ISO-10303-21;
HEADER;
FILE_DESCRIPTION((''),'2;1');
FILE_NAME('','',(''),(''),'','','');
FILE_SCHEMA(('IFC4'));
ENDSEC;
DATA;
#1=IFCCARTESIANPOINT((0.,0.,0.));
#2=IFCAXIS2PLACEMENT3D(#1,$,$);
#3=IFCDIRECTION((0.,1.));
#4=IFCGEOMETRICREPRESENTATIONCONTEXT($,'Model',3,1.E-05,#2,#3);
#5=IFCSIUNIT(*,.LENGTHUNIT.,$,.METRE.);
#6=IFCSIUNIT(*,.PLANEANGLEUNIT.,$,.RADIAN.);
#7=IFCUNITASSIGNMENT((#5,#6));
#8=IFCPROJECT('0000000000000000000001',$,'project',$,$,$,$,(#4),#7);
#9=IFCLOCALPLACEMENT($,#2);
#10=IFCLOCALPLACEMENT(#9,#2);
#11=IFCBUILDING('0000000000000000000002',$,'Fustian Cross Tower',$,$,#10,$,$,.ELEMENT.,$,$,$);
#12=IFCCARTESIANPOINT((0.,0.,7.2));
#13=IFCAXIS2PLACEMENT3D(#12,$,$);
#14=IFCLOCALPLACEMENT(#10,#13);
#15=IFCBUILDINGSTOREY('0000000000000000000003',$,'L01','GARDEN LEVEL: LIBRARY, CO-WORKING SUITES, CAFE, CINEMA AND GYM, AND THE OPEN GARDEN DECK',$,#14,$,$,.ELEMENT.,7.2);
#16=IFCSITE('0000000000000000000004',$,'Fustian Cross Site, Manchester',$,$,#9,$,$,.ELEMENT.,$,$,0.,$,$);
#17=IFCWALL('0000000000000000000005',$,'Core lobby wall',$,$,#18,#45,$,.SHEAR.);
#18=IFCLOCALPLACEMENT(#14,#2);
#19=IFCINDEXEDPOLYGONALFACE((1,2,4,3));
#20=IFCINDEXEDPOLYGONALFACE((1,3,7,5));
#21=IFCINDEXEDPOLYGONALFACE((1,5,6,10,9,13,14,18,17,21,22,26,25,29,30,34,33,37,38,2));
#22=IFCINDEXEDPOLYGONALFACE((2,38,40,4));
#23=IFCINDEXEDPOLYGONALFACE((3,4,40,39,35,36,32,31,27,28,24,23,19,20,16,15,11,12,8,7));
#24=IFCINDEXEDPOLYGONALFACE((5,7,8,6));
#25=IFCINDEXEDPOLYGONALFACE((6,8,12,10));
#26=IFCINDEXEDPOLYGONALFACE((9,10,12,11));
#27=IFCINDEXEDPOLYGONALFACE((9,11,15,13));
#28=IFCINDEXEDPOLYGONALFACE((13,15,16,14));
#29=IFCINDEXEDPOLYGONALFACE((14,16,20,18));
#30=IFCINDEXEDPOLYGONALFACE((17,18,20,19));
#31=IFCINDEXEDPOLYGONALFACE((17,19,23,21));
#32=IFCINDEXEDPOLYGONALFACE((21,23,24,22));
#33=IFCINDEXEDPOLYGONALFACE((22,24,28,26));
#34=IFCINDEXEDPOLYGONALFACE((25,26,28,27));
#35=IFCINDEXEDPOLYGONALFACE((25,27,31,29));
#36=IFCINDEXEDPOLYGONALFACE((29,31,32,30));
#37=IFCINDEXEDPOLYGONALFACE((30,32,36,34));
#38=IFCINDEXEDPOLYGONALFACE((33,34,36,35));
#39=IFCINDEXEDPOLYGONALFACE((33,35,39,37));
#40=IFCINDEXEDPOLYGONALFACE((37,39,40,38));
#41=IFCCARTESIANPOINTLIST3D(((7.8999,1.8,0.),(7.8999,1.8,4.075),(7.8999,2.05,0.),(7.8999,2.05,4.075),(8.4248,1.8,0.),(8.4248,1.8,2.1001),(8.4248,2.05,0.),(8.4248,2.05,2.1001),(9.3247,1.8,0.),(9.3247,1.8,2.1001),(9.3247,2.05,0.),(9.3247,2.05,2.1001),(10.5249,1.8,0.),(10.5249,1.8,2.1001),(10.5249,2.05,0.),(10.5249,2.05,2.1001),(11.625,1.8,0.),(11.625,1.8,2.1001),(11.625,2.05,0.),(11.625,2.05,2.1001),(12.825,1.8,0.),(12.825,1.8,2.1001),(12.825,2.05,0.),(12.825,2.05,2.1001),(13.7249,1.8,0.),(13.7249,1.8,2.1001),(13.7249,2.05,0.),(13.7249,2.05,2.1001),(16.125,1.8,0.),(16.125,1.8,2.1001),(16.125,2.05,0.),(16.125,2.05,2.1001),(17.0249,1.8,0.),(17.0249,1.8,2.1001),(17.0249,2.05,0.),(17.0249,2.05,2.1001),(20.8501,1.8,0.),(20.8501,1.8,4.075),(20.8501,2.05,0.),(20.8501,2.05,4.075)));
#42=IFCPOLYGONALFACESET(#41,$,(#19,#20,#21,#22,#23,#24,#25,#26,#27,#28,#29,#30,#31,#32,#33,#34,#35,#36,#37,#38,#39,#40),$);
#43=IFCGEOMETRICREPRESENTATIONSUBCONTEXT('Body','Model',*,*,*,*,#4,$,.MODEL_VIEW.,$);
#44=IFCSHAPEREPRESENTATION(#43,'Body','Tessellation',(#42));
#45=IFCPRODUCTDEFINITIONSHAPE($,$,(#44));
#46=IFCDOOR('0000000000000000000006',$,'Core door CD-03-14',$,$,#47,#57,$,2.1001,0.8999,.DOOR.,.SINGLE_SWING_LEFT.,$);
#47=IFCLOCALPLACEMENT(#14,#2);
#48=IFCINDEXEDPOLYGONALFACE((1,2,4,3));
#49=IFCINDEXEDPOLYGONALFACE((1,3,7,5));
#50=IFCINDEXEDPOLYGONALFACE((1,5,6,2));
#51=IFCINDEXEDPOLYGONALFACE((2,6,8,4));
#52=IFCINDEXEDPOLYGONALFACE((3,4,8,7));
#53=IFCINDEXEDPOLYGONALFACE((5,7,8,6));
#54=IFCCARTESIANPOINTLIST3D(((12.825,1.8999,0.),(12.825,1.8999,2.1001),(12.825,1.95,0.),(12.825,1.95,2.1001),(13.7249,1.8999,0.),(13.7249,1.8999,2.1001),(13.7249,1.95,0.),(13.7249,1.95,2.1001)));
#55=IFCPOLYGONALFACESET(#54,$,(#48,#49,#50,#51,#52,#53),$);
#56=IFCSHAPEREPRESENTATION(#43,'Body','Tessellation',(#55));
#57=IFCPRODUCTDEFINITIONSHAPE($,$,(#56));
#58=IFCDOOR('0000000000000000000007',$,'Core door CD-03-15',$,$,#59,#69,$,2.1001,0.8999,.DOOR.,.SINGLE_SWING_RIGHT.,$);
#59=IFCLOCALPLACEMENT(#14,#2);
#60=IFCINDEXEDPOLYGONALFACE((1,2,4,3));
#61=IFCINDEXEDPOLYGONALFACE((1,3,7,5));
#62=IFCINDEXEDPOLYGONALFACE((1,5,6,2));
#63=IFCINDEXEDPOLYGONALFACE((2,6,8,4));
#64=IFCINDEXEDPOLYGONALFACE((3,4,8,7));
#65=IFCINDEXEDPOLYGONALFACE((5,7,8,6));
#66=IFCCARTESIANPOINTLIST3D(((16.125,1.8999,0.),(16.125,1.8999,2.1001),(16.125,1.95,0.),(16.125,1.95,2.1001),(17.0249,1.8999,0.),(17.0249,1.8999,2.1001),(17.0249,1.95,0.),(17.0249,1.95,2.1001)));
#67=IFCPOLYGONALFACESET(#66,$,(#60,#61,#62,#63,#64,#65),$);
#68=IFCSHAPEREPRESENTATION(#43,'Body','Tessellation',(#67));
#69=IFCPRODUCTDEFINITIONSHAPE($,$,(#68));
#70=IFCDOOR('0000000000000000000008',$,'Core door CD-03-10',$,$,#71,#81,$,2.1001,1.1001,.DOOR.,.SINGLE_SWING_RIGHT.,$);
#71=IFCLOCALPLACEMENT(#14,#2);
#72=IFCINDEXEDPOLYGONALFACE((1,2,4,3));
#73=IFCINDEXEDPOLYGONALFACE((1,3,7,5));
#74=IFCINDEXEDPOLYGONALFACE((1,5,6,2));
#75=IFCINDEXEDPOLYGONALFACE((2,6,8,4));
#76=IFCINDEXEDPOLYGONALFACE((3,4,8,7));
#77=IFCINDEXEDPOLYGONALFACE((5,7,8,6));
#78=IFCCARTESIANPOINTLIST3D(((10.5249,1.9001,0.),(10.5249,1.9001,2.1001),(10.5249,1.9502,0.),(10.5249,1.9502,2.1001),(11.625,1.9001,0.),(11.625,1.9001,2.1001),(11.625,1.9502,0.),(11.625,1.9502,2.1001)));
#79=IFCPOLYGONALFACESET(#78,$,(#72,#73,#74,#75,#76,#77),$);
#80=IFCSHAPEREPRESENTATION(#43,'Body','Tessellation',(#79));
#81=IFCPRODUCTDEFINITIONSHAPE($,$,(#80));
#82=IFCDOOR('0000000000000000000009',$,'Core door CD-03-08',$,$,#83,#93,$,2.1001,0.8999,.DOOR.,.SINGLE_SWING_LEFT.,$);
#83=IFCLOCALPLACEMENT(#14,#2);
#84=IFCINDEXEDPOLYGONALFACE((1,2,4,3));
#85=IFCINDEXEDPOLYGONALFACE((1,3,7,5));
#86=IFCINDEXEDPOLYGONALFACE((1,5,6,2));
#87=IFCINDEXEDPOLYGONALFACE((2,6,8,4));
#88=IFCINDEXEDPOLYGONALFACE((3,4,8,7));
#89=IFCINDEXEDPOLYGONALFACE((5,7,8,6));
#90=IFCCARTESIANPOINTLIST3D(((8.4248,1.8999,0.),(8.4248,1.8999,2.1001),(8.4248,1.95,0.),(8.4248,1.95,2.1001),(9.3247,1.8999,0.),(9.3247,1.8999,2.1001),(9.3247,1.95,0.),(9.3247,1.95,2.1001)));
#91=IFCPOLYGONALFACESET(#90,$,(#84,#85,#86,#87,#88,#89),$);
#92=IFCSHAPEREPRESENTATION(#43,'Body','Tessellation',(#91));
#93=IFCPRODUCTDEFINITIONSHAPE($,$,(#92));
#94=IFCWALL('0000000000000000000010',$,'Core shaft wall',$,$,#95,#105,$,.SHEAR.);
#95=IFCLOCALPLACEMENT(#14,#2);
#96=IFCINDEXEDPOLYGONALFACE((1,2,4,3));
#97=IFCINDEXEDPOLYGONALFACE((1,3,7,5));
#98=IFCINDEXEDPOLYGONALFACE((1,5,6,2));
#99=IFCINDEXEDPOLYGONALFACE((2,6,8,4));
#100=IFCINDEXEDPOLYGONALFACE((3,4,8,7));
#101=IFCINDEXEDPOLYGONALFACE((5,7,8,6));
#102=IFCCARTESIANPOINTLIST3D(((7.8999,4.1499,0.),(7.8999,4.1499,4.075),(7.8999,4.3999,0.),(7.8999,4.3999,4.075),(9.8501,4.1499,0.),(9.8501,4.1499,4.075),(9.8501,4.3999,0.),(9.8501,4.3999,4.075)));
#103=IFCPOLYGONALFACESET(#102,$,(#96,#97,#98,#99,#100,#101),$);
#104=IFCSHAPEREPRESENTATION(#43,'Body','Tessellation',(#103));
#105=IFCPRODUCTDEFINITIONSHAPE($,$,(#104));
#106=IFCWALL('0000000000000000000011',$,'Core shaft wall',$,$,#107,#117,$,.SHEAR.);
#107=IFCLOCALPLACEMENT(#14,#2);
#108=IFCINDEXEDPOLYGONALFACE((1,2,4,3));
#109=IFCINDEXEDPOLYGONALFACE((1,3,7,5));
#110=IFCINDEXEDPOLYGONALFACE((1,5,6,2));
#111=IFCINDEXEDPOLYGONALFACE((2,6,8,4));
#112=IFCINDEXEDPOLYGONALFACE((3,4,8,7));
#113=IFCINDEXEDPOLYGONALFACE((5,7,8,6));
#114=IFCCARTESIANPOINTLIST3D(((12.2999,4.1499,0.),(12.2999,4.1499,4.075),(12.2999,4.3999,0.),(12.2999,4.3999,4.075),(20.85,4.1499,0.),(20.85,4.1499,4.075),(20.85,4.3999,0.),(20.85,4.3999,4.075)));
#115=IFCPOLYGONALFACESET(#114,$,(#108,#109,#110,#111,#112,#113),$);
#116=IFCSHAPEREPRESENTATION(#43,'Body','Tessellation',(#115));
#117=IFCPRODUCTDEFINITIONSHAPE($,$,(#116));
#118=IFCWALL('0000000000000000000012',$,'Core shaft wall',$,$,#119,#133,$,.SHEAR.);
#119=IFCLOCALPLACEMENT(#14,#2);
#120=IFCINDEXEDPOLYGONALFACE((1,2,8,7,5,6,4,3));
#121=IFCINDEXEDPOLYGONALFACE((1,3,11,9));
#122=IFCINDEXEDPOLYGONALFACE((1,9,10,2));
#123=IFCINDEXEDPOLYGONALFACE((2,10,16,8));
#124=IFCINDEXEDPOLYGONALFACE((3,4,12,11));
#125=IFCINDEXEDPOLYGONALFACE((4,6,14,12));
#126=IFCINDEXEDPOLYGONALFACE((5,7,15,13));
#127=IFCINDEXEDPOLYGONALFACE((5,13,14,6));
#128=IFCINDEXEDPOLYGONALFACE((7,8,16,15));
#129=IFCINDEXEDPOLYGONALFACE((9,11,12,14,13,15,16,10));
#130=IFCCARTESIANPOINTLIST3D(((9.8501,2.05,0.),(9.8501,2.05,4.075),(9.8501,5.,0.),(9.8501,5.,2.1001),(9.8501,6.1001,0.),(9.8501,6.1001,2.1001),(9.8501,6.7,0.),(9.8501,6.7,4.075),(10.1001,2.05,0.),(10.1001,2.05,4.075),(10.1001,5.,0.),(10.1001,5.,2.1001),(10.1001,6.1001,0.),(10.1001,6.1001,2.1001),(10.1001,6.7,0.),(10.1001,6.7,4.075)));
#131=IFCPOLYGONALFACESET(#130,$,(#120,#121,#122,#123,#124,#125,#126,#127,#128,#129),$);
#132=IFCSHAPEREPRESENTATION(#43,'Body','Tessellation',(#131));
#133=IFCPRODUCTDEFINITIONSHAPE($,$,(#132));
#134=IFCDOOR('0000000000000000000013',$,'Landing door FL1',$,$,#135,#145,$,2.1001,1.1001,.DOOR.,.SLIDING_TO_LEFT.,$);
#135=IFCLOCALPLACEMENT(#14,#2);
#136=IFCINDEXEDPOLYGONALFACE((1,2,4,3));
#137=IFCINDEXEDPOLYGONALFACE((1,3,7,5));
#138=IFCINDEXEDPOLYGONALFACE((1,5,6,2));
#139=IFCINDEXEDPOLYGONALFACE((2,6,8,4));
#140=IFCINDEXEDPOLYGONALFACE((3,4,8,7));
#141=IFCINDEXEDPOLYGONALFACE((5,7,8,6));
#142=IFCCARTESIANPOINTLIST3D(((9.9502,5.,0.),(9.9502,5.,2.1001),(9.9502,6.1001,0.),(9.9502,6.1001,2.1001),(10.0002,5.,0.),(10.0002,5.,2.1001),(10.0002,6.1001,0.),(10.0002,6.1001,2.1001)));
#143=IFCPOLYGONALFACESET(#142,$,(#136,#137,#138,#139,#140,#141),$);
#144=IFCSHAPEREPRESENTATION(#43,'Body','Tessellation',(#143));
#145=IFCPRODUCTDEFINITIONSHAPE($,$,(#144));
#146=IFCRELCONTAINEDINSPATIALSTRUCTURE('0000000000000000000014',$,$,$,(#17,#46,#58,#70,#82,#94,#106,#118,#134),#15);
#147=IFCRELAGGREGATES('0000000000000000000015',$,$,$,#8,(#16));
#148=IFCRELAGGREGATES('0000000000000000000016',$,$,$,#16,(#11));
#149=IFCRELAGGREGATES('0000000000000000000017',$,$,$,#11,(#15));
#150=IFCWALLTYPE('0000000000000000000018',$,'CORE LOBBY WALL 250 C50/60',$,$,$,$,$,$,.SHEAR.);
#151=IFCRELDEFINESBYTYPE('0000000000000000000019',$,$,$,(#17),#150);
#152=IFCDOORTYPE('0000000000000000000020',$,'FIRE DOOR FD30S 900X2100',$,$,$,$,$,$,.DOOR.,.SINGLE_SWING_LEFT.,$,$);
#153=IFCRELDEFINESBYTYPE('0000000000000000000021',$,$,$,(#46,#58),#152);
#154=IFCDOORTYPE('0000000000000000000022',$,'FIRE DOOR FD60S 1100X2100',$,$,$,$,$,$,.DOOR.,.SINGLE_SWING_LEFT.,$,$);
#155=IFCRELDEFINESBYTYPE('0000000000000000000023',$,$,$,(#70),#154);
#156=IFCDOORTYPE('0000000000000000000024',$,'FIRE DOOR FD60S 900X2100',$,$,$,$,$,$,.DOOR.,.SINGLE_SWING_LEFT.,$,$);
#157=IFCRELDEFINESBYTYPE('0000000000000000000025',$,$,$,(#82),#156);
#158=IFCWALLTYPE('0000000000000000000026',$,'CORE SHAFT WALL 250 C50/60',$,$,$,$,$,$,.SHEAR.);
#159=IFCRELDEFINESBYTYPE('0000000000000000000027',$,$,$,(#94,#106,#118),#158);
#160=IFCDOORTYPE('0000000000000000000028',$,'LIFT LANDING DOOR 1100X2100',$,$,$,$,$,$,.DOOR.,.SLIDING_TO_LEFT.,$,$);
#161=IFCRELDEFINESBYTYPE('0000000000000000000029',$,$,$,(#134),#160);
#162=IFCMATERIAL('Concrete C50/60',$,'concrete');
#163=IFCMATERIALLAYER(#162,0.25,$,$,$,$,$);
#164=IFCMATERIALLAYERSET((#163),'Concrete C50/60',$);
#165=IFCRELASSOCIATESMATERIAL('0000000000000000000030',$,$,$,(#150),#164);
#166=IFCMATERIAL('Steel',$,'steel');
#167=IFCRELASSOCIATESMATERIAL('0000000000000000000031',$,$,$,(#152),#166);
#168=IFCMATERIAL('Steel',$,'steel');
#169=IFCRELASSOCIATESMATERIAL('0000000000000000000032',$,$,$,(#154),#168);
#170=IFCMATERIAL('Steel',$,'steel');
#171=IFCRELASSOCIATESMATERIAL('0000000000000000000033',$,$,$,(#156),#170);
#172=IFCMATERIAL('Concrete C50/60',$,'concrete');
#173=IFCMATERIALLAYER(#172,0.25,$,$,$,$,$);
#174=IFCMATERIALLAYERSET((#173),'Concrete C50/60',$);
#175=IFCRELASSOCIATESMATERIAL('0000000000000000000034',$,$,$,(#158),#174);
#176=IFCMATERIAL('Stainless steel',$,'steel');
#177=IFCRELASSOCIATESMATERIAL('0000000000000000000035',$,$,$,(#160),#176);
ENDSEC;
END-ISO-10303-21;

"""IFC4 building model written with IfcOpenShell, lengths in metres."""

from ifc_helpers import new_model, si_unit, direction, frame, frame_2d, origin, place, context, subcontext, project, spatial, rectangle, extrude, material, layer, layer_set, type_object, element, fill, save


model = new_model("IFC4")

# Units and contexts
model_context = context("Model", 3, precision=1e-05, world=origin(), true_north=direction((0.0, 1.0)))
body_context = subcontext(model_context, "Body", "Model", "MODEL_VIEW")
ifc_project = project(units=[si_unit("LENGTHUNIT", "METRE"), si_unit("PLANEANGLEUNIT", "RADIAN")], contexts=[model_context])

# Site, building, storey
site_placement = place(None, origin())
site = spatial("IfcSite", under=ifc_project, at=site_placement, Name="Fustian Cross Site, Manchester", CompositionType="ELEMENT", RefElevation=0.0)
building_placement = place(site_placement, origin())
building = spatial("IfcBuilding", under=site, at=building_placement, Name="Fustian Cross Tower", CompositionType="ELEMENT")
storey_placement = place(building_placement, frame((0.0, 0.0, 7.2)))
storey = spatial("IfcBuildingStorey", under=building, at=storey_placement, Name="L01", Description="GARDEN LEVEL: LIBRARY, CO-WORKING SUITES, CAFE, CINEMA AND GYM, AND THE OPEN GARDEN DECK", CompositionType="ELEMENT", Elevation=7.2)

# Wall, openings, doors
ifc_material_1 = material(Name="Concrete C50/60", Category="concrete")
ifc_layer_1 = layer(ifc_material_1, 0.25)
ifc_layer_set_1 = layer_set([ifc_layer_1], Name="Concrete C50/60")
wall_type_1 = type_object("IfcWallType", Name="CORE LOBBY WALL 250 C50/60", PredefinedType="SHEAR", material=ifc_layer_set_1)
wall_1_placement = place(storey_placement, frame((7.8999, 1.925, 0.0), z_axis=(0.0, 0.0, 1.0), x_axis=(1.0, 0.0, 0.0)))
wall_1 = element("IfcWall", 1, at=wall_1_placement, inside=storey, type_object=wall_type_1, Name="Core lobby wall", PredefinedType="SHEAR", context=body_context, shape_type="SweptSolid", body=[
    extrude(rectangle(XDim=12.9502, YDim=0.25, at=frame_2d((6.4751, 0.0))), origin(), (0.0, 0.0, 1.0), 4.075),
])
opening_1_placement = place(wall_1_placement, frame((0.5249, 0.0, 0.0)))
opening_1 = element("IfcOpeningElement", 2, at=opening_1_placement, cuts=wall_1, PredefinedType="OPENING", context=body_context, shape_type="SweptSolid", body=[
    extrude(rectangle(XDim=0.8999, YDim=2.1001, at=frame_2d((0.45, 1.05))), frame((0.0, 0.135, 0.0), z_axis=(0.0, -1.0, 0.0), x_axis=(1.0, 0.0, 0.0)), (0.0, 0.0, 1.0), 0.27),
])
opening_2_placement = place(wall_1_placement, frame((2.625, 0.0, 0.0)))
opening_2 = element("IfcOpeningElement", 3, at=opening_2_placement, cuts=wall_1, PredefinedType="OPENING", context=body_context, shape_type="SweptSolid", body=[
    extrude(rectangle(XDim=1.1001, YDim=2.1001, at=frame_2d((0.55, 1.05))), frame((0.0, 0.135, 0.0), z_axis=(0.0, -1.0, 0.0), x_axis=(1.0, 0.0, 0.0)), (0.0, 0.0, 1.0), 0.27),
])
opening_3_placement = place(wall_1_placement, frame((4.925, 0.0, 0.0)))
opening_3 = element("IfcOpeningElement", 4, at=opening_3_placement, cuts=wall_1, PredefinedType="OPENING", context=body_context, shape_type="SweptSolid", body=[
    extrude(rectangle(XDim=0.8999, YDim=2.1001, at=frame_2d((0.45, 1.05))), frame((0.0, 0.135, 0.0), z_axis=(0.0, -1.0, 0.0), x_axis=(1.0, 0.0, 0.0)), (0.0, 0.0, 1.0), 0.27),
])
opening_4_placement = place(wall_1_placement, frame((8.2251, 0.0, 0.0)))
opening_4 = element("IfcOpeningElement", 5, at=opening_4_placement, cuts=wall_1, PredefinedType="OPENING", context=body_context, shape_type="SweptSolid", body=[
    extrude(rectangle(XDim=0.8999, YDim=2.1001, at=frame_2d((0.45, 1.05))), frame((0.0, 0.135, 0.0), z_axis=(0.0, -1.0, 0.0), x_axis=(1.0, 0.0, 0.0)), (0.0, 0.0, 1.0), 0.27),
])
ifc_material_2 = material(Name="Steel", Category="steel")
door_type_1 = type_object("IfcDoorType", Name="FIRE DOOR FD30S 900X2100", OperationType="SINGLE_SWING_LEFT", PredefinedType="DOOR", material=ifc_material_2)
door_1_placement = place(opening_3_placement, origin())
door_1 = element("IfcDoor", 6, at=door_1_placement, inside=storey, type_object=door_type_1, Name="Core door CD-03-14", OperationType="SINGLE_SWING_LEFT", OverallHeight=2.1001, OverallWidth=0.8999, PredefinedType="DOOR", context=body_context, shape_type="SweptSolid", body=[
    extrude(rectangle(XDim=0.8999, YDim=2.1001, at=frame_2d((0.45, 1.05))), frame((0.0, 0.0249, 0.0), z_axis=(0.0, -1.0, 0.0), x_axis=(1.0, 0.0, 0.0)), (0.0, 0.0, 1.0), 0.05),
])
fill(opening_3, door_1)
door_2_placement = place(opening_4_placement, origin())
door_2 = element("IfcDoor", 7, at=door_2_placement, inside=storey, type_object=door_type_1, Name="Core door CD-03-15", OperationType="SINGLE_SWING_RIGHT", OverallHeight=2.1001, OverallWidth=0.8999, PredefinedType="DOOR", context=body_context, shape_type="SweptSolid", body=[
    extrude(rectangle(XDim=0.8999, YDim=2.1001, at=frame_2d((0.45, 1.05))), frame((0.0, 0.0249, 0.0), z_axis=(0.0, -1.0, 0.0), x_axis=(1.0, 0.0, 0.0)), (0.0, 0.0, 1.0), 0.05),
])
fill(opening_4, door_2)
ifc_material_3 = material(Name="Steel", Category="steel")
door_type_2 = type_object("IfcDoorType", Name="FIRE DOOR FD60S 1100X2100", OperationType="SINGLE_SWING_LEFT", PredefinedType="DOOR", material=ifc_material_3)
door_3_placement = place(opening_2_placement, frame((1.1001, 0.0, 0.0), z_axis=(0.0, 0.0, 1.0), x_axis=(-1.0, 0.0, 0.0)))
door_3 = element("IfcDoor", 8, at=door_3_placement, inside=storey, type_object=door_type_2, Name="Core door CD-03-10", OperationType="SINGLE_SWING_RIGHT", OverallHeight=2.1001, OverallWidth=1.1001, PredefinedType="DOOR", context=body_context, shape_type="SweptSolid", body=[
    extrude(rectangle(XDim=1.1001, YDim=2.1001, at=frame_2d((0.55, 1.05))), frame((0.0, 0.0249, 0.0), z_axis=(0.0, -1.0, 0.0), x_axis=(1.0, 0.0, 0.0)), (0.0, 0.0, 1.0), 0.05),
])
fill(opening_2, door_3)
ifc_material_4 = material(Name="Steel", Category="steel")
door_type_3 = type_object("IfcDoorType", Name="FIRE DOOR FD60S 900X2100", OperationType="SINGLE_SWING_LEFT", PredefinedType="DOOR", material=ifc_material_4)
door_4_placement = place(opening_1_placement, origin())
door_4 = element("IfcDoor", 9, at=door_4_placement, inside=storey, type_object=door_type_3, Name="Core door CD-03-08", OperationType="SINGLE_SWING_LEFT", OverallHeight=2.1001, OverallWidth=0.8999, PredefinedType="DOOR", context=body_context, shape_type="SweptSolid", body=[
    extrude(rectangle(XDim=0.8999, YDim=2.1001, at=frame_2d((0.45, 1.05))), frame((0.0, 0.0249, 0.0), z_axis=(0.0, -1.0, 0.0), x_axis=(1.0, 0.0, 0.0)), (0.0, 0.0, 1.0), 0.05),
])
fill(opening_1, door_4)

# Walls
ifc_material_5 = material(Name="Concrete C50/60", Category="concrete")
ifc_layer_2 = layer(ifc_material_5, 0.25)
ifc_layer_set_2 = layer_set([ifc_layer_2], Name="Concrete C50/60")
wall_type_2 = type_object("IfcWallType", Name="CORE SHAFT WALL 250 C50/60", PredefinedType="SHEAR", material=ifc_layer_set_2)
wall_2_placement = place(storey_placement, frame((7.8999, 4.2749, 0.0), z_axis=(0.0, 0.0, 1.0), x_axis=(1.0, 0.0, 0.0)))
element("IfcWall", 10, at=wall_2_placement, inside=storey, type_object=wall_type_2, Name="Core shaft wall", PredefinedType="SHEAR", context=body_context, shape_type="SweptSolid", body=[
    extrude(rectangle(XDim=1.9502, YDim=0.25, at=frame_2d((0.9751, 0.0))), origin(), (0.0, 0.0, 1.0), 4.075),
])
wall_3_placement = place(storey_placement, frame((12.3, 4.2749, 0.0), z_axis=(0.0, 0.0, 1.0), x_axis=(1.0, 0.0, 0.0)))
element("IfcWall", 11, at=wall_3_placement, inside=storey, type_object=wall_type_2, Name="Core shaft wall", PredefinedType="SHEAR", context=body_context, shape_type="SweptSolid", body=[
    extrude(rectangle(XDim=8.55, YDim=0.25, at=frame_2d((4.2749, 0.0))), origin(), (0.0, 0.0, 1.0), 4.075),
])

# Wall, opening, door
wall_4_placement = place(storey_placement, frame((9.9751, 2.05, 0.0), z_axis=(0.0, 0.0, 1.0), x_axis=(0.0, 1.0, 0.0)))
wall_4 = element("IfcWall", 12, at=wall_4_placement, inside=storey, type_object=wall_type_2, Name="Core shaft wall", PredefinedType="SHEAR", context=body_context, shape_type="SweptSolid", body=[
    extrude(rectangle(XDim=4.6499, YDim=0.25, at=frame_2d((2.325, 0.0))), origin(), (0.0, 0.0, 1.0), 4.075),
])
opening_5_placement = place(wall_4_placement, frame((2.95, 0.0, 0.0)))
opening_5 = element("IfcOpeningElement", 13, at=opening_5_placement, cuts=wall_4, PredefinedType="OPENING", context=body_context, shape_type="SweptSolid", body=[
    extrude(rectangle(XDim=1.1001, YDim=2.1001, at=frame_2d((0.55, 1.05))), frame((0.0, 0.135, 0.0), z_axis=(0.0, -1.0, 0.0), x_axis=(1.0, 0.0, 0.0)), (0.0, 0.0, 1.0), 0.27),
])
ifc_material_6 = material(Name="Stainless steel", Category="steel")
door_type_4 = type_object("IfcDoorType", Name="LIFT LANDING DOOR 1100X2100", OperationType="SLIDING_TO_LEFT", PredefinedType="DOOR", material=ifc_material_6)
door_5_placement = place(opening_5_placement, origin())
door_5 = element("IfcDoor", 14, at=door_5_placement, inside=storey, type_object=door_type_4, Name="Landing door FL1", OperationType="SLIDING_TO_LEFT", OverallHeight=2.1001, OverallWidth=1.1001, PredefinedType="DOOR", context=body_context, shape_type="SweptSolid", body=[
    extrude(rectangle(XDim=1.1001, YDim=2.1001, at=frame_2d((0.55, 1.05))), frame((0.0, 0.0249, 0.0), z_axis=(0.0, -1.0, 0.0), x_axis=(1.0, 0.0, 0.0)), (0.0, 0.0, 1.0), 0.05),
])
fill(opening_5, door_5)

save(model, "model.ifc")
